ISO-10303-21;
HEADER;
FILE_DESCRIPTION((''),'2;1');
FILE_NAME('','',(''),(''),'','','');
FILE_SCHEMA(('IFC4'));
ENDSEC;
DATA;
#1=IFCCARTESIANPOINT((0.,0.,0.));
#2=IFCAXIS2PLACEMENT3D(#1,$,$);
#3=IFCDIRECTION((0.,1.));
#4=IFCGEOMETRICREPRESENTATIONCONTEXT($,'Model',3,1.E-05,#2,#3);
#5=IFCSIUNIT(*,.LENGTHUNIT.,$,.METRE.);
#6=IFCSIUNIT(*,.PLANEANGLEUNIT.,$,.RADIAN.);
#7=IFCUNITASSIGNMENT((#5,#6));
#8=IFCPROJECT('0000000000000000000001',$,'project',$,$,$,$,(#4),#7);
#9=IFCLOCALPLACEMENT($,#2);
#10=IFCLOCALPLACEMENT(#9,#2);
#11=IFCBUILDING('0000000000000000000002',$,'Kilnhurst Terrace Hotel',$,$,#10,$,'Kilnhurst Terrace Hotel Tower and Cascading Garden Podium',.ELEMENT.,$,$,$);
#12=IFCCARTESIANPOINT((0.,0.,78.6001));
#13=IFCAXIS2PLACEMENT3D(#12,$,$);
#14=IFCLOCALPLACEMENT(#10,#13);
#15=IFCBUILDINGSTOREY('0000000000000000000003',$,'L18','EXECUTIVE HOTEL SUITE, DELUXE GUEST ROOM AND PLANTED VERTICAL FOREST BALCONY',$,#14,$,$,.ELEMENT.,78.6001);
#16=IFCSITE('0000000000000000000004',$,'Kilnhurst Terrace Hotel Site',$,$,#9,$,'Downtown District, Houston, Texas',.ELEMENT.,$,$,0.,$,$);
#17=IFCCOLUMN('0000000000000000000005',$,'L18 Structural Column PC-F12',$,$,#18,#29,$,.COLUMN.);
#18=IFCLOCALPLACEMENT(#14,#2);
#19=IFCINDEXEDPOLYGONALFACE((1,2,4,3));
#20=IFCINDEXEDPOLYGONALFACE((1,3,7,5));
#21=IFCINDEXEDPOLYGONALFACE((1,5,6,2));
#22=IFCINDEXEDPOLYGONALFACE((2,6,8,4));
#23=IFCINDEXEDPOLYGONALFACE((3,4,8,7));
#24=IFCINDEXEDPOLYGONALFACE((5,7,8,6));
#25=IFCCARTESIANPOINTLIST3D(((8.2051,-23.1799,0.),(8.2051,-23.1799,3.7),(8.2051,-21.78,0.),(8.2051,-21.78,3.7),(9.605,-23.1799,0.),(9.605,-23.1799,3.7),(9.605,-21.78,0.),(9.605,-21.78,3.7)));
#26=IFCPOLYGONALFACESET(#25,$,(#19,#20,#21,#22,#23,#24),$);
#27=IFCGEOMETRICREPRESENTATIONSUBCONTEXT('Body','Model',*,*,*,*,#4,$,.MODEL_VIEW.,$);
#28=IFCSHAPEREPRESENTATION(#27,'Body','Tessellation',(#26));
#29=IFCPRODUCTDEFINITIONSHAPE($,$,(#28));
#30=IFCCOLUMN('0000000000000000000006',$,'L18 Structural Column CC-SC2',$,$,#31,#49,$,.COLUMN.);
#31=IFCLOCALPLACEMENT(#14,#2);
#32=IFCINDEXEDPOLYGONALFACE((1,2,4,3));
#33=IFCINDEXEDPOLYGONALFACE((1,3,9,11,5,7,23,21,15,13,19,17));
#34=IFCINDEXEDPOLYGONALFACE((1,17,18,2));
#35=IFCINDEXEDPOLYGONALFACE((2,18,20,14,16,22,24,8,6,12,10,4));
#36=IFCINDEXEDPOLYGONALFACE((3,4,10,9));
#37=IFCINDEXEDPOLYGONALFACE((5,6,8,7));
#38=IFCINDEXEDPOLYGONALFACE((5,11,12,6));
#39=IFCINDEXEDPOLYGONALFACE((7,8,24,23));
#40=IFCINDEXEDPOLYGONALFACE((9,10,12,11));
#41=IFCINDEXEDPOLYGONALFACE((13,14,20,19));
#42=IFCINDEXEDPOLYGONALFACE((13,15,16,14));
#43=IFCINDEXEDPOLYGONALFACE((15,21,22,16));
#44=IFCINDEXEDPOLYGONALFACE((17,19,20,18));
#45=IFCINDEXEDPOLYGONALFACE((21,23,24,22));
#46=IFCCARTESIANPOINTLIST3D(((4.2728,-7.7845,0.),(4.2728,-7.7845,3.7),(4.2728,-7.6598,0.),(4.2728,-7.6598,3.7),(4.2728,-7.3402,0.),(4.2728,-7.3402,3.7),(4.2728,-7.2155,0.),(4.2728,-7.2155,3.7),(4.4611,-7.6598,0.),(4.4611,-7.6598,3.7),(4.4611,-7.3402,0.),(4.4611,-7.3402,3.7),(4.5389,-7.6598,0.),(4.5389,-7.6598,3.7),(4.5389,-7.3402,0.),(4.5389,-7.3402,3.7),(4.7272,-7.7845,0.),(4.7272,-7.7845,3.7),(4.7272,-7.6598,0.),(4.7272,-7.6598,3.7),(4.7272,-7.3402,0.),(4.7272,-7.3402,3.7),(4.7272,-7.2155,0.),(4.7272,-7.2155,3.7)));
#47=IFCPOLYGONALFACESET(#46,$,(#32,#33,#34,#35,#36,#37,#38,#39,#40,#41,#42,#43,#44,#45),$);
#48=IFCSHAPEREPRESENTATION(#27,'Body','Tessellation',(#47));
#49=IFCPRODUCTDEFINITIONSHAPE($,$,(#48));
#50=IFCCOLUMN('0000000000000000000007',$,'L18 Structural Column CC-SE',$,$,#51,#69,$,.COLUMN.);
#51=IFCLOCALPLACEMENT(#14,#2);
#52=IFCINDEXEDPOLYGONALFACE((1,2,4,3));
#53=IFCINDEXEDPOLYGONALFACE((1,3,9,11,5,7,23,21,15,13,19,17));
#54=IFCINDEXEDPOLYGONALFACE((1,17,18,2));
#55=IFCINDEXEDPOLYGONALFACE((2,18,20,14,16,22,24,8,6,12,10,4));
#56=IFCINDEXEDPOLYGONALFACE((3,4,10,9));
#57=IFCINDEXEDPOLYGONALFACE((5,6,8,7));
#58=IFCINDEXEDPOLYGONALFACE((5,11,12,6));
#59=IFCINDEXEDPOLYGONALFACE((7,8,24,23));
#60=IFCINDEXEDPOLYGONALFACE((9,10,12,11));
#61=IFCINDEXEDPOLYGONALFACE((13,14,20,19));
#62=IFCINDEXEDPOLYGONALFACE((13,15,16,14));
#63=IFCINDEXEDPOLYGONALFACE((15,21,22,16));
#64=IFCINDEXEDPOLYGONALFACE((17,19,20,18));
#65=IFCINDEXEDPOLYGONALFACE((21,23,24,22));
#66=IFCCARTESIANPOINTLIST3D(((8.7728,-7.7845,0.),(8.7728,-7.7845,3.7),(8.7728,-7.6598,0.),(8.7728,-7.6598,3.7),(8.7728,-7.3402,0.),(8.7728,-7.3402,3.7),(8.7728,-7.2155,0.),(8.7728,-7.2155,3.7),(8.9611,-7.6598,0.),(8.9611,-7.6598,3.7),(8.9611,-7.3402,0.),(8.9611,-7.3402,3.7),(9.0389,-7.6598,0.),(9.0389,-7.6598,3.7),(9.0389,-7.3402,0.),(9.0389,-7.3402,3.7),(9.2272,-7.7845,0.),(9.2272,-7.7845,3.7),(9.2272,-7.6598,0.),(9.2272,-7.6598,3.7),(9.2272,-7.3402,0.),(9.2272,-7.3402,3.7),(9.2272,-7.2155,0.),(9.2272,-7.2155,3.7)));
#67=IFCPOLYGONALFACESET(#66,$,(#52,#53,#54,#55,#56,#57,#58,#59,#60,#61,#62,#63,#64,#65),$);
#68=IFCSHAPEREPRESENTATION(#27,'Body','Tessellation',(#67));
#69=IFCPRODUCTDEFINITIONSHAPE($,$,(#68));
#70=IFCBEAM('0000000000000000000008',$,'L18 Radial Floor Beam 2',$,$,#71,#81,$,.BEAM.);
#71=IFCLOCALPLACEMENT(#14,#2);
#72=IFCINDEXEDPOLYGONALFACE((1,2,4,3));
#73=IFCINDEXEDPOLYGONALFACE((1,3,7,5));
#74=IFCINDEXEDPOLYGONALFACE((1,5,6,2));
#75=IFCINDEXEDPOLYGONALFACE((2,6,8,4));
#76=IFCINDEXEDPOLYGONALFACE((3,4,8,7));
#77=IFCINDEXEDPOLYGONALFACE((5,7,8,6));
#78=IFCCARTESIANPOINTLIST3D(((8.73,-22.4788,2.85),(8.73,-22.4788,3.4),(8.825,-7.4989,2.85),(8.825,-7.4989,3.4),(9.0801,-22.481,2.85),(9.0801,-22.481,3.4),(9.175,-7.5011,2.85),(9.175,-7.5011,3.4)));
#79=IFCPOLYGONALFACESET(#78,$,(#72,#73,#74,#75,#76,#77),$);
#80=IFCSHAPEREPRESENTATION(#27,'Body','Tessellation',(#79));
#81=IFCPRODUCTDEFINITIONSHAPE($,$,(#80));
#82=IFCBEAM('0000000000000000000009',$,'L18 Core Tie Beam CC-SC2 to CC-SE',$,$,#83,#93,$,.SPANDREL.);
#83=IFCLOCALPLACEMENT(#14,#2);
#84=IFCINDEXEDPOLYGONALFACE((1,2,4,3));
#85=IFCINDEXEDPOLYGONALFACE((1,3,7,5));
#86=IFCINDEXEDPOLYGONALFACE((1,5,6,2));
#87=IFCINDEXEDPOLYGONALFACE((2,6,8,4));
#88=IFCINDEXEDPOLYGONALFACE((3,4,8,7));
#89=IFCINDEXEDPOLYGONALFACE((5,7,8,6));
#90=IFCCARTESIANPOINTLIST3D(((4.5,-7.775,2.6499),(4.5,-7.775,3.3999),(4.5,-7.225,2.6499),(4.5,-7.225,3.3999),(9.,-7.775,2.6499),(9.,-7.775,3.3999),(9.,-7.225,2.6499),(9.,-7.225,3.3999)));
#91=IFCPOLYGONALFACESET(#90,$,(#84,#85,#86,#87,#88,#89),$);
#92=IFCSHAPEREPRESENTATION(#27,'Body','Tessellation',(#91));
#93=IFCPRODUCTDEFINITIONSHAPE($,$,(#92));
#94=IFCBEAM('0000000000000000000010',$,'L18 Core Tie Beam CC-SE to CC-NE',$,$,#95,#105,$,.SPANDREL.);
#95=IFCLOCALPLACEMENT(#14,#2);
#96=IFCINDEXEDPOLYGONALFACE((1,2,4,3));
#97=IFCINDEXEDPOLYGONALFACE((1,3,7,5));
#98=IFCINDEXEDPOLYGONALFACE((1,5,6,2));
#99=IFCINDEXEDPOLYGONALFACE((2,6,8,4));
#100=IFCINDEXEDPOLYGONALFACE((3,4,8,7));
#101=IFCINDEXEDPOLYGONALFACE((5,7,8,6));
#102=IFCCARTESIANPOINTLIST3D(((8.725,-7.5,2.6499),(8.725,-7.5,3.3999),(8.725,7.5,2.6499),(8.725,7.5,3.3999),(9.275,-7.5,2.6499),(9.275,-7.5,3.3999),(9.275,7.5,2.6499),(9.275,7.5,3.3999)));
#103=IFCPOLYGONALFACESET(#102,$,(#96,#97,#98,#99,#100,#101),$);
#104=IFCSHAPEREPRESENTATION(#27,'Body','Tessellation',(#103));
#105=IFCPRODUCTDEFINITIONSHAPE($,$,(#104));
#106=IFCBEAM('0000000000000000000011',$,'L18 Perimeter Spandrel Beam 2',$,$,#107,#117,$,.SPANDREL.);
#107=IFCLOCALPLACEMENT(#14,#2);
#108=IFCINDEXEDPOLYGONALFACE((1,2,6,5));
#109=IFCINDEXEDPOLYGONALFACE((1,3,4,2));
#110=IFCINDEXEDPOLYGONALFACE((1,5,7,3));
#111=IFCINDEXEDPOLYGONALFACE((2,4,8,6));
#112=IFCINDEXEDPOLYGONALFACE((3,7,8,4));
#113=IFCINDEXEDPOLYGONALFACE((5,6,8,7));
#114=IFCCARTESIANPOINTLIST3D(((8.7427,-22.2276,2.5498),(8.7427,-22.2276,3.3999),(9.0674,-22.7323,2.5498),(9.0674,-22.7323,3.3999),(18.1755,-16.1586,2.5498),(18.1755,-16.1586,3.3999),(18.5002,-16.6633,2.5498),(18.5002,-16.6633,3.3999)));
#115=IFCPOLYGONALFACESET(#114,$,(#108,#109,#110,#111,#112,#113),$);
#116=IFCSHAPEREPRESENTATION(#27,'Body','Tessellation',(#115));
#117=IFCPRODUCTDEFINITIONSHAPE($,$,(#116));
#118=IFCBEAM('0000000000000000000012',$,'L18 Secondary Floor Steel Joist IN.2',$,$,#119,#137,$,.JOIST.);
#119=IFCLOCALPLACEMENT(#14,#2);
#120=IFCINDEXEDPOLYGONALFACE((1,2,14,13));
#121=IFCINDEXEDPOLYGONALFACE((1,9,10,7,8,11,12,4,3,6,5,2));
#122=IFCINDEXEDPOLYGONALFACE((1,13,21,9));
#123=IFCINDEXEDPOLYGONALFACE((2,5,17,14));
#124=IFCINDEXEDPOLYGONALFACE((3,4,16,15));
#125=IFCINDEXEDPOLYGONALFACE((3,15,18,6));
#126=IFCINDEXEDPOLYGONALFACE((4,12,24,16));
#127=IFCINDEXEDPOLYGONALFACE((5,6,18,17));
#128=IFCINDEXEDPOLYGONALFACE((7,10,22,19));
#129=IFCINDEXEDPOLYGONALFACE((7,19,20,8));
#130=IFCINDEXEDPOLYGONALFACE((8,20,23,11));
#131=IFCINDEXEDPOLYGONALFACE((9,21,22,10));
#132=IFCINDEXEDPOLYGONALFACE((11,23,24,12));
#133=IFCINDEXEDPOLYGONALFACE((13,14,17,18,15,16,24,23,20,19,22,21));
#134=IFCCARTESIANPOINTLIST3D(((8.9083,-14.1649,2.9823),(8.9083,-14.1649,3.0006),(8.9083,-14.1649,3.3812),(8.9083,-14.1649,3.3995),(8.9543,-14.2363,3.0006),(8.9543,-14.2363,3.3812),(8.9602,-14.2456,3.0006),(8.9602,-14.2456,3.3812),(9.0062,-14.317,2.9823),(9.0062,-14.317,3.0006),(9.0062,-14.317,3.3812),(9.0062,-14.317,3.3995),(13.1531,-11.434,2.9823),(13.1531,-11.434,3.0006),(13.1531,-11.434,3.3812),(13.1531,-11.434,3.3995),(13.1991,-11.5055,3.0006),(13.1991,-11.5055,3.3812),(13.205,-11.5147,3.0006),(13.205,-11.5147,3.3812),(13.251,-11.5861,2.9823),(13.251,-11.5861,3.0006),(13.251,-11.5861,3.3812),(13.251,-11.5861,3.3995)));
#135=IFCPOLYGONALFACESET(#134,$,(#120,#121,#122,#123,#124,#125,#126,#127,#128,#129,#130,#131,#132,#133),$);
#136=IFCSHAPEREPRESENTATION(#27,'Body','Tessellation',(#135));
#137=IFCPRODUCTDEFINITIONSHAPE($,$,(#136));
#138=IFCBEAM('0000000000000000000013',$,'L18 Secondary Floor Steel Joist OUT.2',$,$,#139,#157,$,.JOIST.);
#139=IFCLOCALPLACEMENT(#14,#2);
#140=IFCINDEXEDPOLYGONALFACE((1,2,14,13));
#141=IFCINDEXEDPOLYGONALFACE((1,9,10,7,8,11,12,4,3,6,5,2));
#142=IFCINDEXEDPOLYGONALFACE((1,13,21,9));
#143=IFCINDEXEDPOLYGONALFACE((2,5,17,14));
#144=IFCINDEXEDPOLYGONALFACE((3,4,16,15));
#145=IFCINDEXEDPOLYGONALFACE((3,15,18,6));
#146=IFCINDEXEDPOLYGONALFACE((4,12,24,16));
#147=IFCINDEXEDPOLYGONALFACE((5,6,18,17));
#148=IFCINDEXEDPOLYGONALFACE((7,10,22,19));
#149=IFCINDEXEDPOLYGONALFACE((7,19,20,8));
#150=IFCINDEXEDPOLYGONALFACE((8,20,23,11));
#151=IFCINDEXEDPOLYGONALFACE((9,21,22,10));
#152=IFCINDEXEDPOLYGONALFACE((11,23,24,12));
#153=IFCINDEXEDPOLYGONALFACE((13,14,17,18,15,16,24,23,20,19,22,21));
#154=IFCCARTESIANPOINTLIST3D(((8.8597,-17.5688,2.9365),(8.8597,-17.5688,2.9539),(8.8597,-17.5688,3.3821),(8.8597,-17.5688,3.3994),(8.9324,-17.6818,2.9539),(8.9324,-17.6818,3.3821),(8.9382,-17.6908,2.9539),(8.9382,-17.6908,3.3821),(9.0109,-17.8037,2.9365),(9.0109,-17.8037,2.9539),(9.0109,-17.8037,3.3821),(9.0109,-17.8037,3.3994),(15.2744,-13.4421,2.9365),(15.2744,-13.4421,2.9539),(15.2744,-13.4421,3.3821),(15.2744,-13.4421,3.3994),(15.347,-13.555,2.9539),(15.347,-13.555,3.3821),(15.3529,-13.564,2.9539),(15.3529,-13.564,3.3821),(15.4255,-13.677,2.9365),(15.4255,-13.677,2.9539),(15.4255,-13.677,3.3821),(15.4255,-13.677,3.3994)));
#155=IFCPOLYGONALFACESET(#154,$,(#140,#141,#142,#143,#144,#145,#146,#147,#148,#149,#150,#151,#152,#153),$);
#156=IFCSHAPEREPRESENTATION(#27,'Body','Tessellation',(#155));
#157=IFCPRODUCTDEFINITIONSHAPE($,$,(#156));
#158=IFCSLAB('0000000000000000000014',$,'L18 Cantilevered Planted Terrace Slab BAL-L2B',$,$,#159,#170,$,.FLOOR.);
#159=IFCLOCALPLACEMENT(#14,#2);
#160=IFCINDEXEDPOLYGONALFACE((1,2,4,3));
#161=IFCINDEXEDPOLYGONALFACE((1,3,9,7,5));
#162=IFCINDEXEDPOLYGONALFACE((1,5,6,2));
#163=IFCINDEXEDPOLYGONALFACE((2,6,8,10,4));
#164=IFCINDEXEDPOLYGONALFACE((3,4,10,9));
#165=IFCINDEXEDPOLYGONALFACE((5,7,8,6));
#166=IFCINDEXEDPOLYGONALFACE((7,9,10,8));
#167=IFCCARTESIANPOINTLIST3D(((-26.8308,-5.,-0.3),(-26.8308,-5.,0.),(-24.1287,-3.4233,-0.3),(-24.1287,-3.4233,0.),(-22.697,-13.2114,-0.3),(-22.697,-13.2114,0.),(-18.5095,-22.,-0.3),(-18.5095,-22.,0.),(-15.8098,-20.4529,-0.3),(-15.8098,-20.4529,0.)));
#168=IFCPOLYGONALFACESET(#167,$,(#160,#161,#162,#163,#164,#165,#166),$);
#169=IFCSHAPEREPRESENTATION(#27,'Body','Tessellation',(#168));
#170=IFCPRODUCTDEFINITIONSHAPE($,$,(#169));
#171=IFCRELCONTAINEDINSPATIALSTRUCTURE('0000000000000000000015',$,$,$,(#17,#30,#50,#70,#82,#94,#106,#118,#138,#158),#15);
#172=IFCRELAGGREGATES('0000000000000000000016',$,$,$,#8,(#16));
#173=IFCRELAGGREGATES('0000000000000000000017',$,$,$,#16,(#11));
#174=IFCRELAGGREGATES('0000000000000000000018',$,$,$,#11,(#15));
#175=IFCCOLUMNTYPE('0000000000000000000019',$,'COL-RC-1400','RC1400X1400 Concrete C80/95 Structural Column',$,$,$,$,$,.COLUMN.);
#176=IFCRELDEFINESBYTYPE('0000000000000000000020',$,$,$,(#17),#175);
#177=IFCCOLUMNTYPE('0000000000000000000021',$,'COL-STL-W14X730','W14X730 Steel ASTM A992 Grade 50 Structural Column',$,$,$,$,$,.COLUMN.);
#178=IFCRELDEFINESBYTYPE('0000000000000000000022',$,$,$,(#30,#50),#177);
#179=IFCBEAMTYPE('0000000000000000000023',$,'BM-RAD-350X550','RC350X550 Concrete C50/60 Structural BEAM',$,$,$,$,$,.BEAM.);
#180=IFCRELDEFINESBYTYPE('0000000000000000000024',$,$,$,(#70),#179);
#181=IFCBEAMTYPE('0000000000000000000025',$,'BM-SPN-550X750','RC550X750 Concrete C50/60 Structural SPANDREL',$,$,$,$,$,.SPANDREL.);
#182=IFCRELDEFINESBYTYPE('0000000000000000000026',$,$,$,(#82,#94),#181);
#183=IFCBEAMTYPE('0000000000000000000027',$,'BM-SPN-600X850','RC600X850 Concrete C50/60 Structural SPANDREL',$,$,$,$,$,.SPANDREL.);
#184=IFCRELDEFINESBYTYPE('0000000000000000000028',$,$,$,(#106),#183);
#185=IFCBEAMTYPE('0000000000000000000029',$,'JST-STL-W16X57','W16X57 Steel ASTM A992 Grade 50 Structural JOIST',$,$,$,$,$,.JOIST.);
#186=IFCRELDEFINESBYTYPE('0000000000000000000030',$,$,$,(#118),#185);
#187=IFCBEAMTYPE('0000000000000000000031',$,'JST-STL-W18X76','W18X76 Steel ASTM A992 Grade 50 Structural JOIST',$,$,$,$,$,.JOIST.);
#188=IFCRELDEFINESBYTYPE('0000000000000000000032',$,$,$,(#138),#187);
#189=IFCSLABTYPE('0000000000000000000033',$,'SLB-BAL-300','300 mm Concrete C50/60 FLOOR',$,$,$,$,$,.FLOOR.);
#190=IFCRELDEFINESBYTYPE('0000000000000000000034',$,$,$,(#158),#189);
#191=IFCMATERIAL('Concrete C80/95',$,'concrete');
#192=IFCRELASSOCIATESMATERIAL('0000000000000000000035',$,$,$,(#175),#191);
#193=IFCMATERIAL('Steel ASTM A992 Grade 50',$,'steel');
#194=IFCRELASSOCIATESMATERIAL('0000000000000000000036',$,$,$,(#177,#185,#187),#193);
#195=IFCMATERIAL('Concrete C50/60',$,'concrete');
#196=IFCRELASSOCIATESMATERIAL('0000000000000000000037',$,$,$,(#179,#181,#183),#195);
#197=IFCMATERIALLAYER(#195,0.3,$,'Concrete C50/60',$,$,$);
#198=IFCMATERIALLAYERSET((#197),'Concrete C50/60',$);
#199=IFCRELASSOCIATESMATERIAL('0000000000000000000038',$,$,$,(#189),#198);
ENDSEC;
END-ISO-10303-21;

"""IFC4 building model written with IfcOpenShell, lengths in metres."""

from ifc_helpers import new_model, si_unit, direction, frame, origin, origin_2d, place, context, subcontext, project, spatial, polyline, rectangle, i_section, outline, extrude, material, layer, layer_set, material_profile, profile_set, type_object, element, save


model = new_model("IFC4")

# Units and contexts
model_context = context("Model", 3, precision=1e-05, world=origin(), true_north=direction((0.0, 1.0)))
body_context = subcontext(model_context, "Body", "Model", "MODEL_VIEW")
ifc_project = project(units=[si_unit("LENGTHUNIT", "METRE"), si_unit("PLANEANGLEUNIT", "RADIAN")], contexts=[model_context])

# Site, building, storey
site_placement = place(None, origin())
site = spatial("IfcSite", under=ifc_project, at=site_placement, Name="Kilnhurst Terrace Hotel Site", LongName="Downtown District, Houston, Texas", CompositionType="ELEMENT", RefElevation=0.0)
building_placement = place(site_placement, origin())
building = spatial("IfcBuilding", under=site, at=building_placement, Name="Kilnhurst Terrace Hotel", LongName="Kilnhurst Terrace Hotel Tower and Cascading Garden Podium", CompositionType="ELEMENT")
storey_placement = place(building_placement, frame((0.0, 0.0, 78.6001)))
storey = spatial("IfcBuildingStorey", under=building, at=storey_placement, Name="L18", Description="EXECUTIVE HOTEL SUITE, DELUXE GUEST ROOM AND PLANTED VERTICAL FOREST BALCONY", CompositionType="ELEMENT", Elevation=78.6001)

# Columns
ifc_material_1 = material(Name="Concrete C80/95", Category="concrete")
ifc_material_profile_1 = material_profile(ifc_material_1, rectangle(XDim=1.3999, YDim=1.3999, at=origin_2d()), Name="RC1400X1400")
ifc_profile_set_1 = profile_set([ifc_material_profile_1], Name="Concrete C80/95")
column_type_1 = type_object("IfcColumnType", Name="COL-RC-1400", Description="RC1400X1400 Concrete C80/95 Structural Column", PredefinedType="COLUMN", material=ifc_profile_set_1)
column_placement = place(storey_placement, frame((8.905, -22.48, 0.0), z_axis=(0.0, 0.0, 1.0), x_axis=(1.0, 0.0, 0.0)))
element("IfcColumn", 1, at=column_placement, inside=storey, type_object=column_type_1, Name="L18 Structural Column PC-F12", PredefinedType="COLUMN", context=body_context, shape_type="SweptSolid", body=[
    extrude(rectangle(XDim=1.3999, YDim=1.3999, at=origin_2d()), origin(), (0.0, 0.0, 1.0), 3.7),
])
ifc_material_2 = material(Name="Steel ASTM A992 Grade 50", Category="steel")
ifc_material_profile_2 = material_profile(ifc_material_2, i_section(OverallWidth=0.4543, OverallDepth=0.5691, WebThickness=0.0779, FlangeThickness=0.1248, at=origin_2d()), Name="W14X730")
ifc_profile_set_2 = profile_set([ifc_material_profile_2], Name="Steel ASTM A992 Grade 50")
column_type_2 = type_object("IfcColumnType", Name="COL-STL-W14X730", Description="W14X730 Steel ASTM A992 Grade 50 Structural Column", PredefinedType="COLUMN", material=ifc_profile_set_2)
for number, where, z_axis, x_axis, name in (
    (2, (4.5, -7.5, 0.0), (0.0, 0.0, 1.0), (1.0, 0.0, 0.0), "L18 Structural Column CC-SC2"),
    (3, (9.0, -7.5, 0.0), (0.0, 0.0, 1.0), (1.0, 0.0, 0.0), "L18 Structural Column CC-SE"),
):
    element("IfcColumn", number, at=place(storey_placement, frame(where, z_axis=z_axis, x_axis=x_axis)), inside=storey, type_object=column_type_2, Name=name, PredefinedType="COLUMN", context=body_context, shape_type="SweptSolid", body=[
        extrude(i_section(OverallWidth=0.4543, OverallDepth=0.5691, WebThickness=0.0779, FlangeThickness=0.1248, at=origin_2d()), origin(), (0.0, 0.0, 1.0), 3.7),
    ])

# Beams
ifc_material_3 = material(Name="Concrete C50/60", Category="concrete")
ifc_material_profile_3 = material_profile(ifc_material_3, rectangle(XDim=0.3501, YDim=0.55, at=origin_2d()), Name="RC350X550")
ifc_profile_set_3 = profile_set([ifc_material_profile_3], Name="Concrete C50/60")
beam_type_1 = type_object("IfcBeamType", Name="BM-RAD-350X550", Description="RC350X550 Concrete C50/60 Structural BEAM", PredefinedType="BEAM", material=ifc_profile_set_3)
beam_1_placement = place(storey_placement, frame((9.0, -7.5, 3.125), z_axis=(-0.00634, -0.99998, 0.0), x_axis=(0.99998, -0.00634, 0.0)))
element("IfcBeam", 4, at=beam_1_placement, inside=storey, type_object=beam_type_1, Name="L18 Radial Floor Beam 2", PredefinedType="BEAM", context=body_context, shape_type="SweptSolid", body=[
    extrude(rectangle(XDim=0.3501, YDim=0.55, at=origin_2d()), origin(), (0.0, 0.0, 1.0), 14.9802),
])
ifc_material_profile_4 = material_profile(ifc_material_3, rectangle(XDim=0.55, YDim=0.75, at=origin_2d()), Name="RC550X750")
ifc_profile_set_4 = profile_set([ifc_material_profile_4], Name="Concrete C50/60")
beam_type_2 = type_object("IfcBeamType", Name="BM-SPN-550X750", Description="RC550X750 Concrete C50/60 Structural SPANDREL", PredefinedType="SPANDREL", material=ifc_profile_set_4)
beam_2_placement = place(storey_placement, frame((4.5, -7.5, 3.0249), z_axis=(1.0, 0.0, 0.0), x_axis=(0.0, 1.0, 0.0)))
element("IfcBeam", 5, at=beam_2_placement, inside=storey, type_object=beam_type_2, Name="L18 Core Tie Beam CC-SC2 to CC-SE", PredefinedType="SPANDREL", context=body_context, shape_type="SweptSolid", body=[
    extrude(rectangle(XDim=0.55, YDim=0.75, at=origin_2d()), origin(), (0.0, 0.0, 1.0), 4.5),
])
beam_3_placement = place(storey_placement, frame((9.0, -7.5, 3.0249), z_axis=(0.0, 1.0, 0.0), x_axis=(-1.0, 0.0, 0.0)))
element("IfcBeam", 6, at=beam_3_placement, inside=storey, type_object=beam_type_2, Name="L18 Core Tie Beam CC-SE to CC-NE", PredefinedType="SPANDREL", context=body_context, shape_type="SweptSolid", body=[
    extrude(rectangle(XDim=0.55, YDim=0.75, at=origin_2d()), origin(), (0.0, 0.0, 1.0), 15.0),
])
ifc_material_profile_5 = material_profile(ifc_material_3, rectangle(XDim=0.6001, YDim=0.8501, at=origin_2d()), Name="RC600X850")
ifc_profile_set_5 = profile_set([ifc_material_profile_5], Name="Concrete C50/60")
beam_type_3 = type_object("IfcBeamType", Name="BM-SPN-600X850", Description="RC600X850 Concrete C50/60 Structural SPANDREL", PredefinedType="SPANDREL", material=ifc_profile_set_5)
beam_4_placement = place(storey_placement, frame((8.905, -22.48, 2.9749), z_axis=(0.840971, 0.54108, 0.0), x_axis=(-0.54108, 0.840971, 0.0)))
element("IfcBeam", 7, at=beam_4_placement, inside=storey, type_object=beam_type_3, Name="L18 Perimeter Spandrel Beam 2", PredefinedType="SPANDREL", context=body_context, shape_type="SweptSolid", body=[
    extrude(rectangle(XDim=0.6001, YDim=0.8501, at=origin_2d()), origin(), (0.0, 0.0, 1.0), 11.2166),
])
ifc_material_profile_6 = material_profile(ifc_material_2, i_section(OverallWidth=0.1809, OverallDepth=0.4172, WebThickness=0.011, FlangeThickness=0.0183, at=origin_2d()), Name="W16X57")
ifc_profile_set_6 = profile_set([ifc_material_profile_6], Name="Steel ASTM A992 Grade 50")
beam_type_4 = type_object("IfcBeamType", Name="JST-STL-W16X57", Description="W16X57 Steel ASTM A992 Grade 50 Structural JOIST", PredefinedType="JOIST", material=ifc_profile_set_6)
beam_5_placement = place(storey_placement, frame((8.9573, -14.241, 3.1909), z_axis=(0.840988, 0.541053, 0.0), x_axis=(-0.541053, 0.840988, 0.0)))
element("IfcBeam", 8, at=beam_5_placement, inside=storey, type_object=beam_type_4, Name="L18 Secondary Floor Steel Joist IN.2", PredefinedType="JOIST", context=body_context, shape_type="SweptSolid", body=[
    extrude(i_section(OverallWidth=0.1809, OverallDepth=0.4172, WebThickness=0.011, FlangeThickness=0.0183, at=origin_2d()), origin(), (0.0, 0.0, 1.0), 5.0474),
])
ifc_material_profile_7 = material_profile(ifc_material_2, i_section(OverallWidth=0.2793, OverallDepth=0.4629, WebThickness=0.0107, FlangeThickness=0.0173, at=origin_2d()), Name="W18X76")
ifc_profile_set_7 = profile_set([ifc_material_profile_7], Name="Steel ASTM A992 Grade 50")
beam_type_5 = type_object("IfcBeamType", Name="JST-STL-W18X76", Description="W18X76 Steel ASTM A992 Grade 50 Structural JOIST", PredefinedType="JOIST", material=ifc_profile_set_7)
beam_6_placement = place(storey_placement, frame((8.9353, -17.6863, 3.168), z_axis=(0.840995, 0.541042, 0.0), x_axis=(-0.541042, 0.840995, 0.0)))
element("IfcBeam", 9, at=beam_6_placement, inside=storey, type_object=beam_type_5, Name="L18 Secondary Floor Steel Joist OUT.2", PredefinedType="JOIST", context=body_context, shape_type="SweptSolid", body=[
    extrude(i_section(OverallWidth=0.2793, OverallDepth=0.4629, WebThickness=0.0107, FlangeThickness=0.0173, at=origin_2d()), origin(), (0.0, 0.0, 1.0), 7.6274),
])

# Slab
ifc_layer_1 = layer(ifc_material_3, 0.3, Name="Concrete C50/60")
ifc_layer_set_1 = layer_set([ifc_layer_1], Name="Concrete C50/60")
slab_type_1 = type_object("IfcSlabType", Name="SLB-BAL-300", Description="300 mm Concrete C50/60 FLOOR", PredefinedType="FLOOR", material=ifc_layer_set_1)
slab_1_placement = place(storey_placement, frame((0.0, 0.0, -0.3)))
element("IfcSlab", 10, at=slab_1_placement, inside=storey, type_object=slab_type_1, Name="L18 Cantilevered Planted Terrace Slab BAL-L2B", PredefinedType="FLOOR", context=body_context, shape_type="SweptSolid", body=[
    extrude(outline(polyline([(-26.8308, -5.0), (-24.1287, -3.4233), (-15.8098, -20.4529), (-18.5095, -22.0), (-22.697, -13.2114), (-26.8308, -5.0)])), origin(), (0.0, 0.0, 1.0), 0.3),
])

save(model, "model.ifc")
